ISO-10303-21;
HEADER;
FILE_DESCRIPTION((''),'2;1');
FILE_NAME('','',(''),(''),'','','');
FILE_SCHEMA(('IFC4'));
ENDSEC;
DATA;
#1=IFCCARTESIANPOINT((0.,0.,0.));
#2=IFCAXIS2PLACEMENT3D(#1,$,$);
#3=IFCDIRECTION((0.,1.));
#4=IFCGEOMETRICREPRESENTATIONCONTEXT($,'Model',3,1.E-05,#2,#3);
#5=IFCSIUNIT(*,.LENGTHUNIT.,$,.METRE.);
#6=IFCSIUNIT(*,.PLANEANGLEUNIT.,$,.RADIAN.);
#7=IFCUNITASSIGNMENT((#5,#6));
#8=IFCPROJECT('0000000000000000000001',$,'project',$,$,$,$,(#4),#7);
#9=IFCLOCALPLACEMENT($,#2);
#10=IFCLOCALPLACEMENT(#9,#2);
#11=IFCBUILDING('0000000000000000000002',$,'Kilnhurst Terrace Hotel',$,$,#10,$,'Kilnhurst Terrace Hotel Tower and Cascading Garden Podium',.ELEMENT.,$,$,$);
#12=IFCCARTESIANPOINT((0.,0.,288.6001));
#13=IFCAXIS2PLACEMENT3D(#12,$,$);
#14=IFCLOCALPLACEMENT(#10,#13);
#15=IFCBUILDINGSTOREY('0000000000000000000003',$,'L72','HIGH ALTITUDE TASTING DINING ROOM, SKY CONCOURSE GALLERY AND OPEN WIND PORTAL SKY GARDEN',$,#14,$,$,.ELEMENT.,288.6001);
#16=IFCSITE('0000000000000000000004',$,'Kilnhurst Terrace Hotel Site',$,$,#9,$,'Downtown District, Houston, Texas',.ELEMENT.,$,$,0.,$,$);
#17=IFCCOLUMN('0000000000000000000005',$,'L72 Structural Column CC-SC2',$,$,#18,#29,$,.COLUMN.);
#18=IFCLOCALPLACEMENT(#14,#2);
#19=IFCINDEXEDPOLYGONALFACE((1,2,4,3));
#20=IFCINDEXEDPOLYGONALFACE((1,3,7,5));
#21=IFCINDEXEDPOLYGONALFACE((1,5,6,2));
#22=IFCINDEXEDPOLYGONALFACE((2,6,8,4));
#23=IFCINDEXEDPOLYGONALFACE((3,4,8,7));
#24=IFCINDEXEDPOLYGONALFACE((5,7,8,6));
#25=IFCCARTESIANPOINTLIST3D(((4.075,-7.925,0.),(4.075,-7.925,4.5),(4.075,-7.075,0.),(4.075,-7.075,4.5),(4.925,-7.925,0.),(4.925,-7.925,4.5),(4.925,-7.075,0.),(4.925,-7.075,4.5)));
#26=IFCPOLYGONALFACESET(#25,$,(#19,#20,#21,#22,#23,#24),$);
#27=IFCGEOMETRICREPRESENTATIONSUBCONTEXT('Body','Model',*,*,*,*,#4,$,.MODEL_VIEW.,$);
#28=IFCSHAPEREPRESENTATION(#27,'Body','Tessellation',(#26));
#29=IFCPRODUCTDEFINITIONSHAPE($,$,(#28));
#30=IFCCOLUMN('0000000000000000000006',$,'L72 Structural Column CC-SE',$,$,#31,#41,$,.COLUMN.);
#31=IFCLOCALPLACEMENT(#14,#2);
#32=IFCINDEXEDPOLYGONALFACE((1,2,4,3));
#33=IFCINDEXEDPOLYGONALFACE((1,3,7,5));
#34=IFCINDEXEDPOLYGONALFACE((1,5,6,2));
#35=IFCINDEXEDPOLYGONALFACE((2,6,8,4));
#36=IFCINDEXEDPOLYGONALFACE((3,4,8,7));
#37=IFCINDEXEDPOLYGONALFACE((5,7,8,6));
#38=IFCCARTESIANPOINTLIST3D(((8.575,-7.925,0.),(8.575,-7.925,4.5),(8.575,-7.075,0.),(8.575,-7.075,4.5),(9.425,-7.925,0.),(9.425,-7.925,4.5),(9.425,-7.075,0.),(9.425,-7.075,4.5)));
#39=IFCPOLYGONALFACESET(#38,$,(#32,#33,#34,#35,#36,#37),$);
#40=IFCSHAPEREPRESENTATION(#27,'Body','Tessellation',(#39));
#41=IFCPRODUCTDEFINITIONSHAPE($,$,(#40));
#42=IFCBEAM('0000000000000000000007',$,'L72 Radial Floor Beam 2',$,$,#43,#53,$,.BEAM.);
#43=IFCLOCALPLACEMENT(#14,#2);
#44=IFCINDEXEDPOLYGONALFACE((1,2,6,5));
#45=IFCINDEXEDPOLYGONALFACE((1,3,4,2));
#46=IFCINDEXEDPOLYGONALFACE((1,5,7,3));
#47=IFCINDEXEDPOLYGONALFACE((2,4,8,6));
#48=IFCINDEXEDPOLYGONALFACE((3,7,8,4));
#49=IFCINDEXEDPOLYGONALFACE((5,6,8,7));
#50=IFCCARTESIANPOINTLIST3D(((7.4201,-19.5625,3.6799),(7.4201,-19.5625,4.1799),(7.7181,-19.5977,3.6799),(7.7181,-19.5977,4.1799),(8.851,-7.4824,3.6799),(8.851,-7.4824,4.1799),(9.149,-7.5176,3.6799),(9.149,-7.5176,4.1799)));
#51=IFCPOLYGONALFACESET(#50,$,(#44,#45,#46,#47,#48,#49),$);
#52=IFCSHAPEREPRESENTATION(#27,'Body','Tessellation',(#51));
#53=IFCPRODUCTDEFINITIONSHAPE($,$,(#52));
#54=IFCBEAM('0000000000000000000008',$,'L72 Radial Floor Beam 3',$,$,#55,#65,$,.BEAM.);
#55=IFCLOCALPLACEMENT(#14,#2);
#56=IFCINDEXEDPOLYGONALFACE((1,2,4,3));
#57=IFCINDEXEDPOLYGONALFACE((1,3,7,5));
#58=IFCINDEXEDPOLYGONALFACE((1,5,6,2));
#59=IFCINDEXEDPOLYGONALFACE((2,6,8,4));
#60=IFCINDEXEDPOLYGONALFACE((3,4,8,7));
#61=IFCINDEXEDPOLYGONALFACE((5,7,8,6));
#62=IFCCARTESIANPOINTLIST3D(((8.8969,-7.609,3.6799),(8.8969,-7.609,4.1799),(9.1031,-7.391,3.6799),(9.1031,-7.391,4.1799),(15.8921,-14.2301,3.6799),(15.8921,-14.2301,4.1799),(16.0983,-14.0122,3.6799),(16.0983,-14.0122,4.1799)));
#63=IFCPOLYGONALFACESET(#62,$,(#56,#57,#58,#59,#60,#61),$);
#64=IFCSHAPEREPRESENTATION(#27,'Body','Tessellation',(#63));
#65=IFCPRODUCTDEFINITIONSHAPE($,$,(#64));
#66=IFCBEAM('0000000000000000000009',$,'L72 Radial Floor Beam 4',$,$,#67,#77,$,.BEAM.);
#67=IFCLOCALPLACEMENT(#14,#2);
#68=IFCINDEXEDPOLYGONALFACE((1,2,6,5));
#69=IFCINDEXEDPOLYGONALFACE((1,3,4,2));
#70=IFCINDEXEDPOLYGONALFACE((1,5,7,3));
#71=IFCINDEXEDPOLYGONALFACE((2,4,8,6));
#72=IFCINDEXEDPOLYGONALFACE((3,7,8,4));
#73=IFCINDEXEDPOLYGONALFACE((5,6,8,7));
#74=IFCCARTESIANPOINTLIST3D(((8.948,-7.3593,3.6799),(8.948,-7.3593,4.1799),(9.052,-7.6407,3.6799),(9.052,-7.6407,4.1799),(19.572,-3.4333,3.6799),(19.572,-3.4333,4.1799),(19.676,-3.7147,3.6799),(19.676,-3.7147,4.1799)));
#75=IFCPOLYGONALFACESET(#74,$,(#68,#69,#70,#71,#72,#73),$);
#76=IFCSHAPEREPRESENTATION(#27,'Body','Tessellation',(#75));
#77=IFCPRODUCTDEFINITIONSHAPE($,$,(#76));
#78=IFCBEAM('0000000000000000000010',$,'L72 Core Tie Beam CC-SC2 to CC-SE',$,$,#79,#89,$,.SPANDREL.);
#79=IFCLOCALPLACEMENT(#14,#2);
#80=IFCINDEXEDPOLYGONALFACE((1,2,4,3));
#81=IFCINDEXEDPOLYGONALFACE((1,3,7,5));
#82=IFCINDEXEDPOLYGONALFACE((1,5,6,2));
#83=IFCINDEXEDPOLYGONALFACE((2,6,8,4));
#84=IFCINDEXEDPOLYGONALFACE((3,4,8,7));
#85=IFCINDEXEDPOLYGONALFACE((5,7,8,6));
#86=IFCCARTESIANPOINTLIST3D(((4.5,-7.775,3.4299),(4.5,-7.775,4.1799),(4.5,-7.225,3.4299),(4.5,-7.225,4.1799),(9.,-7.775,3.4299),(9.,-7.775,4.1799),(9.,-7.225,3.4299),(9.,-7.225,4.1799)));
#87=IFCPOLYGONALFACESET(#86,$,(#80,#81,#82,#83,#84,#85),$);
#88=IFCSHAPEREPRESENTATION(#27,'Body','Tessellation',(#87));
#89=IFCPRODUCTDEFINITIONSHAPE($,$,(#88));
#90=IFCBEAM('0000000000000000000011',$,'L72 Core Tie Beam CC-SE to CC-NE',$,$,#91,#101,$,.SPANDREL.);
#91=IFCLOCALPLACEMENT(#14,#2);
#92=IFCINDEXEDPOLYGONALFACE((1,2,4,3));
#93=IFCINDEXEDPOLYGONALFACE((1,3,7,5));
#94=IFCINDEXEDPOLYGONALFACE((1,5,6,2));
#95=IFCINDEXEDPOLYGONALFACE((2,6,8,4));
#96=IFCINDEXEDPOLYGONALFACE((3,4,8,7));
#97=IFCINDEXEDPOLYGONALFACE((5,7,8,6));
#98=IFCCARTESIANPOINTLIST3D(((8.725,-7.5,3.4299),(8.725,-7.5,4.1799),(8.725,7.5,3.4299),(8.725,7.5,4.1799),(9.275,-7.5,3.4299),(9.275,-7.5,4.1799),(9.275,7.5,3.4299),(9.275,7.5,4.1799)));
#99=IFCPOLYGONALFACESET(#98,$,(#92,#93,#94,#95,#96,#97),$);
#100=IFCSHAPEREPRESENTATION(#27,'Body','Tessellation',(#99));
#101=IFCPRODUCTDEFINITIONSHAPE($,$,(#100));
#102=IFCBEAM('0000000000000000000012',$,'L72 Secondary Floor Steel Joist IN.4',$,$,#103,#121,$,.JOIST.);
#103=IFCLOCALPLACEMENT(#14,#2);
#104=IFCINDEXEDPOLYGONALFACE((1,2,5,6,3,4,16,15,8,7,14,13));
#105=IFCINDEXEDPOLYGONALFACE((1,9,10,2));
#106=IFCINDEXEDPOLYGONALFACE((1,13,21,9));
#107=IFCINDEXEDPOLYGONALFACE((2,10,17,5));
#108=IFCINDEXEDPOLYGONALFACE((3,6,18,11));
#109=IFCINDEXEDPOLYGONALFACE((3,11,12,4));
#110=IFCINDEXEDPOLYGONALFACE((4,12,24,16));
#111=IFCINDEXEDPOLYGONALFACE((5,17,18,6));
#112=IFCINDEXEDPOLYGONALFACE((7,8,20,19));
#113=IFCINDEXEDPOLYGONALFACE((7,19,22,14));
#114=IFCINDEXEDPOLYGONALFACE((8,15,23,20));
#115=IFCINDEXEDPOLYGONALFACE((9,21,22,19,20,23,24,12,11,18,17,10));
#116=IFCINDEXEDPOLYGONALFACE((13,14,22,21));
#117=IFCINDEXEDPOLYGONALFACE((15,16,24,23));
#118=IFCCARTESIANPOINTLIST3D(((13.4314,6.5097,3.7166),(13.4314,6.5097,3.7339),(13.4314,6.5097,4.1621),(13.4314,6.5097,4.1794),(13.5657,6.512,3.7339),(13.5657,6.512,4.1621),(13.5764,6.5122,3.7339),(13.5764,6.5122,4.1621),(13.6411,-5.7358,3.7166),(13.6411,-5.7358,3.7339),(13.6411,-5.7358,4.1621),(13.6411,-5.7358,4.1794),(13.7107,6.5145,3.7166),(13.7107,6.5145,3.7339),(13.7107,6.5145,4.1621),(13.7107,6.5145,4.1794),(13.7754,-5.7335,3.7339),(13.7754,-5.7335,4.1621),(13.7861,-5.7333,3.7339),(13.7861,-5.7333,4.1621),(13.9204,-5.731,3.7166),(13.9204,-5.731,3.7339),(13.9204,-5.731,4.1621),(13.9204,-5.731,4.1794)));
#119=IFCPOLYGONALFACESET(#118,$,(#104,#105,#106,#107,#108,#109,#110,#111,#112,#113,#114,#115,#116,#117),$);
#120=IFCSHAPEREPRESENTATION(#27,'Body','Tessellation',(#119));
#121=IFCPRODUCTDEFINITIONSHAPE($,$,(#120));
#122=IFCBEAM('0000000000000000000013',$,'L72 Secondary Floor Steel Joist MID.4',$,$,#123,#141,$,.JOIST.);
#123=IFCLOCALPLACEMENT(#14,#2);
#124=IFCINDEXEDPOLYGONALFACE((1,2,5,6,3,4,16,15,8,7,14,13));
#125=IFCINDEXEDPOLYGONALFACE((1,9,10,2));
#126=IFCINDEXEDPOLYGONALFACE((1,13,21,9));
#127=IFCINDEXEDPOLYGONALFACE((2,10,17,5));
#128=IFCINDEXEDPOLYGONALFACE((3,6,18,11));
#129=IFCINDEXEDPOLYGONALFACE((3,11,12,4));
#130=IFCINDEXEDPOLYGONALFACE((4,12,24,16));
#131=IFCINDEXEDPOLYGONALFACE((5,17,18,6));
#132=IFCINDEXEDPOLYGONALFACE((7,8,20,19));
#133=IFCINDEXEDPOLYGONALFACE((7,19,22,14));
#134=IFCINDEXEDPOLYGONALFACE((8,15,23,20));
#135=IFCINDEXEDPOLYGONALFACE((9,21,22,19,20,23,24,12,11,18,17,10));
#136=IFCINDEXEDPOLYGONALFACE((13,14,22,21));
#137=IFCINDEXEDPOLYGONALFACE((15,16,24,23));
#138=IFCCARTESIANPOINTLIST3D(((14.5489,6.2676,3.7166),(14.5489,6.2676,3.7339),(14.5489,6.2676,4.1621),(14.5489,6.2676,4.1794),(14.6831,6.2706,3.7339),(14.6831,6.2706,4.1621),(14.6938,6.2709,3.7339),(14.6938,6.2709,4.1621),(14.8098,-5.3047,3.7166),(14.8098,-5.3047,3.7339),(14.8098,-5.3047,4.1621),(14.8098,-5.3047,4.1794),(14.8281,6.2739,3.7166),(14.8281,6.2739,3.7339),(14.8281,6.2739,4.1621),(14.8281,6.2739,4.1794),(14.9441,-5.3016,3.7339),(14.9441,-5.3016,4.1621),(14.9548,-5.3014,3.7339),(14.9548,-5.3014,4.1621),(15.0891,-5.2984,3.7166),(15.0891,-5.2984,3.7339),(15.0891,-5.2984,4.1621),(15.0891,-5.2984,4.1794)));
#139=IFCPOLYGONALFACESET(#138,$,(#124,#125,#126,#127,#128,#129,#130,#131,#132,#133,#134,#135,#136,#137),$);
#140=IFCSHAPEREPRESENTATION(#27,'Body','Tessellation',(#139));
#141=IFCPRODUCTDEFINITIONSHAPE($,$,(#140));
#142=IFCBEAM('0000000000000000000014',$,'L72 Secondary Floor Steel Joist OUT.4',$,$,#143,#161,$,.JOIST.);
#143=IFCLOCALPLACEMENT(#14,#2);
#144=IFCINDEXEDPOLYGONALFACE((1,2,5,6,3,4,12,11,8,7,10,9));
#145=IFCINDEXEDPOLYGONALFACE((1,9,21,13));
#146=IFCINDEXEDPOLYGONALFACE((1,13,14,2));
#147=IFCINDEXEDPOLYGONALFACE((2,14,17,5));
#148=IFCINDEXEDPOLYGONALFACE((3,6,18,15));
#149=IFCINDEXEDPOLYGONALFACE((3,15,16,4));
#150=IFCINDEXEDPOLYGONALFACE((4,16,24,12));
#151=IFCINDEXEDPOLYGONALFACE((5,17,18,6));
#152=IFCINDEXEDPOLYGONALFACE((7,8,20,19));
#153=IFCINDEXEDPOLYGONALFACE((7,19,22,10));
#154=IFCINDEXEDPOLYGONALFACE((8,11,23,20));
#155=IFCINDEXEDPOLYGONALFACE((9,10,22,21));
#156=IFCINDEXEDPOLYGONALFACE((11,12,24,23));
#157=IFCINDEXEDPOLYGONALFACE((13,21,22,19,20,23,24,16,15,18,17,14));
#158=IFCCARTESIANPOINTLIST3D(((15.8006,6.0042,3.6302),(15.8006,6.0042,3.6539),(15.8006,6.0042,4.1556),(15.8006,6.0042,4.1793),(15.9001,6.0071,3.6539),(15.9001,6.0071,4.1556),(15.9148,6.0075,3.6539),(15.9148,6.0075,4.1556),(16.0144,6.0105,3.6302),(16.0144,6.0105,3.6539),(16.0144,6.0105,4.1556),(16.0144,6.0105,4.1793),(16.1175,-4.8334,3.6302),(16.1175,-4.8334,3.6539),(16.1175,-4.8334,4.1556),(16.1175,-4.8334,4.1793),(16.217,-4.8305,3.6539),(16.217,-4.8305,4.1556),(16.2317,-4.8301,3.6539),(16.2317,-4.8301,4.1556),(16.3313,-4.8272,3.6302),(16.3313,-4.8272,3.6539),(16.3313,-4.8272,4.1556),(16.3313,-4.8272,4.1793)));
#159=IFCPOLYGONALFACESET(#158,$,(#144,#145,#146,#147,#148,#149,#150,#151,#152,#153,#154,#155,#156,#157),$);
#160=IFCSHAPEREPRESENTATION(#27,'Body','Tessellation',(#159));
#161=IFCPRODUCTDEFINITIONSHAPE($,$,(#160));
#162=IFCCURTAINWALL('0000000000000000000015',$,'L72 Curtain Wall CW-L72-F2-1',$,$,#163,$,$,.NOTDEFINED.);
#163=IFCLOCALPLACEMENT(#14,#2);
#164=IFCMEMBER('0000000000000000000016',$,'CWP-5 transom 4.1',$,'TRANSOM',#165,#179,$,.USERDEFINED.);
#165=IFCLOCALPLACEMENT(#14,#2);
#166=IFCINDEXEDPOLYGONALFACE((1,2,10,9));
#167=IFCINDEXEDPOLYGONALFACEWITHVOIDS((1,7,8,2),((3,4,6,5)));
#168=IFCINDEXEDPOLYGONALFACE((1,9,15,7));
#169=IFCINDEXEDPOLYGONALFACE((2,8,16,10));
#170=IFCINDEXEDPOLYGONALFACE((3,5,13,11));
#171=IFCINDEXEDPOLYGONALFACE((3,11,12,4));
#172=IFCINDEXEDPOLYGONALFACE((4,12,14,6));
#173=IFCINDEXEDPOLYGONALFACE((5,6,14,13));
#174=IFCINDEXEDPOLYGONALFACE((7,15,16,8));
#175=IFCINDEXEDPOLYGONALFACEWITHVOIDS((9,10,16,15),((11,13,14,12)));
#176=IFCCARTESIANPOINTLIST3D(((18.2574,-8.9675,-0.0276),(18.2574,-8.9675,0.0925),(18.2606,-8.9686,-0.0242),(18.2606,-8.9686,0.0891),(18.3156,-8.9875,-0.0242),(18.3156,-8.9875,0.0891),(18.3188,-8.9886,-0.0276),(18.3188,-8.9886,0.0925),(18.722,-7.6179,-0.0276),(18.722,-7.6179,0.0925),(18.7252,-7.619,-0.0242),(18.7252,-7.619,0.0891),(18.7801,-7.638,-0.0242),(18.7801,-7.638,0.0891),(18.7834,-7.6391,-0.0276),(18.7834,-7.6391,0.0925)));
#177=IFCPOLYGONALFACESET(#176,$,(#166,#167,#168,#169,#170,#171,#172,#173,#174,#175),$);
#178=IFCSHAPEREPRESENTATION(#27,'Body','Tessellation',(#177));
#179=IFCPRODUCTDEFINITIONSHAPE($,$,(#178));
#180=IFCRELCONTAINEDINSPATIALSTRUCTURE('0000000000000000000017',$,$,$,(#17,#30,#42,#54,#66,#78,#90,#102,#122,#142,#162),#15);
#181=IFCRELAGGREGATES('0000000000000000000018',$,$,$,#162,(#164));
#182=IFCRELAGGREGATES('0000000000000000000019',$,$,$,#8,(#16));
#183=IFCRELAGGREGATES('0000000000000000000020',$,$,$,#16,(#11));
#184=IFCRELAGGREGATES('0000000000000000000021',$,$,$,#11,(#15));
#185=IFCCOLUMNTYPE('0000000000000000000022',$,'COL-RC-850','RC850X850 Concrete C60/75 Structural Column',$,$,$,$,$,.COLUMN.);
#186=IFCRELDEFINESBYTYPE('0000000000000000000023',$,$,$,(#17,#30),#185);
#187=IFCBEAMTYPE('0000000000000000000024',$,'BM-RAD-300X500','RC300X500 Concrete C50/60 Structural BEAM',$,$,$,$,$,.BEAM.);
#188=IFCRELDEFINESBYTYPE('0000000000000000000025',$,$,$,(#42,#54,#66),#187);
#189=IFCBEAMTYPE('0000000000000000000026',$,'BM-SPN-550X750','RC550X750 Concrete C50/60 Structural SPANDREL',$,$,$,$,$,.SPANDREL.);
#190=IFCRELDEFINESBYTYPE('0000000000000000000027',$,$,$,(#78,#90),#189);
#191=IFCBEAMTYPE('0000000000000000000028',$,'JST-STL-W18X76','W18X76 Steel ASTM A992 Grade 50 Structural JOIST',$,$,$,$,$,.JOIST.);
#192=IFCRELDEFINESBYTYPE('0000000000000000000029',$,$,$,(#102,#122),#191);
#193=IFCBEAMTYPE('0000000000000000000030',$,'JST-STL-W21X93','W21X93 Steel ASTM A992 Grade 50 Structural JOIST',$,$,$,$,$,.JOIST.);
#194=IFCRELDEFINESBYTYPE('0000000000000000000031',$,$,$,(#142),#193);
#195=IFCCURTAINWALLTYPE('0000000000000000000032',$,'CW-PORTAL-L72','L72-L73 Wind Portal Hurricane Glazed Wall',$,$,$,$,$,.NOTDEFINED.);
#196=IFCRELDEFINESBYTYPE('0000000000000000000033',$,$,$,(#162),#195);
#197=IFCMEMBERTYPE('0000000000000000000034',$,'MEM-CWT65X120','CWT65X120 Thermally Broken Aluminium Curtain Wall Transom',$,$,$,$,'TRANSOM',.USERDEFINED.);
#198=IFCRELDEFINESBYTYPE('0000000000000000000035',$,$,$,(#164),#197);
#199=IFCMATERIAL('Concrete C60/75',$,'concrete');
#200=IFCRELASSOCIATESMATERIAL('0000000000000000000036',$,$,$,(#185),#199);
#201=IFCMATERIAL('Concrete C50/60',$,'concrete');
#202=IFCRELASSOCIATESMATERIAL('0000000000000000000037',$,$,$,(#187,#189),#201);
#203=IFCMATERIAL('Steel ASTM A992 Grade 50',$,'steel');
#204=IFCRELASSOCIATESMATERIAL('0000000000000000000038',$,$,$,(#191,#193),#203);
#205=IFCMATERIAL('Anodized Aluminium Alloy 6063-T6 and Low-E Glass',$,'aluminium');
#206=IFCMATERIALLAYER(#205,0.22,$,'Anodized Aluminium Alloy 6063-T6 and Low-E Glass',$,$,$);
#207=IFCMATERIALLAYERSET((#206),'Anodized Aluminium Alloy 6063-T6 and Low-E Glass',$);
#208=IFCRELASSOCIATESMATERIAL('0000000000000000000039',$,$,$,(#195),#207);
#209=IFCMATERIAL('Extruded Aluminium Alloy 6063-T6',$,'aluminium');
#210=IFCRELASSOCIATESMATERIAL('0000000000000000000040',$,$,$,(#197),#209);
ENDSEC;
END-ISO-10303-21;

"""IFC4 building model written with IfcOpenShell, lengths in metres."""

from ifc_helpers import new_model, si_unit, direction, frame, origin, origin_2d, place, context, subcontext, project, spatial, rectangle, hollow_rectangle, i_section, extrude, material, layer, layer_set, material_profile, profile_set, type_object, element, aggregate, save


model = new_model("IFC4")

# Units and contexts
model_context = context("Model", 3, precision=1e-05, world=origin(), true_north=direction((0.0, 1.0)))
body_context = subcontext(model_context, "Body", "Model", "MODEL_VIEW")
ifc_project = project(units=[si_unit("LENGTHUNIT", "METRE"), si_unit("PLANEANGLEUNIT", "RADIAN")], contexts=[model_context])

# Site, building, storey
site_placement = place(None, origin())
site = spatial("IfcSite", under=ifc_project, at=site_placement, Name="Kilnhurst Terrace Hotel Site", LongName="Downtown District, Houston, Texas", CompositionType="ELEMENT", RefElevation=0.0)
building_placement = place(site_placement, origin())
building = spatial("IfcBuilding", under=site, at=building_placement, Name="Kilnhurst Terrace Hotel", LongName="Kilnhurst Terrace Hotel Tower and Cascading Garden Podium", CompositionType="ELEMENT")
storey_placement = place(building_placement, frame((0.0, 0.0, 288.6001)))
storey = spatial("IfcBuildingStorey", under=building, at=storey_placement, Name="L72", Description="HIGH ALTITUDE TASTING DINING ROOM, SKY CONCOURSE GALLERY AND OPEN WIND PORTAL SKY GARDEN", CompositionType="ELEMENT", Elevation=288.6001)

# Columns
ifc_material_1 = material(Name="Concrete C60/75", Category="concrete")
ifc_material_profile_1 = material_profile(ifc_material_1, rectangle(XDim=0.8501, YDim=0.8501, at=origin_2d()), Name="RC850X850")
ifc_profile_set_1 = profile_set([ifc_material_profile_1], Name="Concrete C60/75")
column_type = type_object("IfcColumnType", Name="COL-RC-850", Description="RC850X850 Concrete C60/75 Structural Column", PredefinedType="COLUMN", material=ifc_profile_set_1)
for number, where, z_axis, x_axis, name in (
    (1, (4.5, -7.5, 0.0), (0.0, 0.0, 1.0), (1.0, 0.0, 0.0), "L72 Structural Column CC-SC2"),
    (2, (9.0, -7.5, 0.0), (0.0, 0.0, 1.0), (1.0, 0.0, 0.0), "L72 Structural Column CC-SE"),
):
    element("IfcColumn", number, at=place(storey_placement, frame(where, z_axis=z_axis, x_axis=x_axis)), inside=storey, type_object=column_type, Name=name, PredefinedType="COLUMN", context=body_context, shape_type="SweptSolid", body=[
        extrude(rectangle(XDim=0.8501, YDim=0.8501, at=origin_2d()), origin(), (0.0, 0.0, 1.0), 4.5),
    ])

# Beams
ifc_material_2 = material(Name="Concrete C50/60", Category="concrete")
ifc_material_profile_2 = material_profile(ifc_material_2, rectangle(XDim=0.3, YDim=0.5, at=origin_2d()), Name="RC300X500")
ifc_profile_set_2 = profile_set([ifc_material_profile_2], Name="Concrete C50/60")
beam_type_1 = type_object("IfcBeamType", Name="BM-RAD-300X500", Description="RC300X500 Concrete C50/60 Structural BEAM", PredefinedType="BEAM", material=ifc_profile_set_2)
beam_1_placement = place(storey_placement, frame((9.0, -7.5, 3.9299), z_axis=(-0.11763, -0.993058, 0.0), x_axis=(0.993058, -0.11763, 0.0)))
element("IfcBeam", 3, at=beam_1_placement, inside=storey, type_object=beam_type_1, Name="L72 Radial Floor Beam 2", PredefinedType="BEAM", context=body_context, shape_type="SweptSolid", body=[
    extrude(rectangle(XDim=0.3, YDim=0.5, at=origin_2d()), origin(), (0.0, 0.0, 1.0), 12.1646),
])
beam_2_placement = place(storey_placement, frame((9.0, -7.5, 3.9299), z_axis=(0.726256, -0.687424, 0.0), x_axis=(0.687424, 0.726256, 0.0)))
element("IfcBeam", 4, at=beam_2_placement, inside=storey, type_object=beam_type_1, Name="L72 Radial Floor Beam 3", PredefinedType="BEAM", context=body_context, shape_type="SweptSolid", body=[
    extrude(rectangle(XDim=0.3, YDim=0.5, at=origin_2d()), origin(), (0.0, 0.0, 1.0), 9.6318),
])
beam_3_placement = place(storey_placement, frame((9.0, -7.5, 3.9299), z_axis=(0.938002, 0.346631, 0.0), x_axis=(-0.346631, 0.938002, 0.0)))
element("IfcBeam", 5, at=beam_3_placement, inside=storey, type_object=beam_type_1, Name="L72 Radial Floor Beam 4", PredefinedType="BEAM", context=body_context, shape_type="SweptSolid", body=[
    extrude(rectangle(XDim=0.3, YDim=0.5, at=origin_2d()), origin(), (0.0, 0.0, 1.0), 11.3262),
])
ifc_material_profile_3 = material_profile(ifc_material_2, rectangle(XDim=0.55, YDim=0.75, at=origin_2d()), Name="RC550X750")
ifc_profile_set_3 = profile_set([ifc_material_profile_3], Name="Concrete C50/60")
beam_type_2 = type_object("IfcBeamType", Name="BM-SPN-550X750", Description="RC550X750 Concrete C50/60 Structural SPANDREL", PredefinedType="SPANDREL", material=ifc_profile_set_3)
beam_4_placement = place(storey_placement, frame((4.5, -7.5, 3.8049), z_axis=(1.0, 0.0, 0.0), x_axis=(0.0, 1.0, 0.0)))
element("IfcBeam", 6, at=beam_4_placement, inside=storey, type_object=beam_type_2, Name="L72 Core Tie Beam CC-SC2 to CC-SE", PredefinedType="SPANDREL", context=body_context, shape_type="SweptSolid", body=[
    extrude(rectangle(XDim=0.55, YDim=0.75, at=origin_2d()), origin(), (0.0, 0.0, 1.0), 4.5),
])
beam_5_placement = place(storey_placement, frame((9.0, -7.5, 3.8049), z_axis=(0.0, 1.0, 0.0), x_axis=(-1.0, 0.0, 0.0)))
element("IfcBeam", 7, at=beam_5_placement, inside=storey, type_object=beam_type_2, Name="L72 Core Tie Beam CC-SE to CC-NE", PredefinedType="SPANDREL", context=body_context, shape_type="SweptSolid", body=[
    extrude(rectangle(XDim=0.55, YDim=0.75, at=origin_2d()), origin(), (0.0, 0.0, 1.0), 15.0),
])
ifc_material_3 = material(Name="Steel ASTM A992 Grade 50", Category="steel")
ifc_material_profile_4 = material_profile(ifc_material_3, i_section(OverallWidth=0.2793, OverallDepth=0.4629, WebThickness=0.0107, FlangeThickness=0.0173, at=origin_2d()), Name="W18X76")
ifc_profile_set_4 = profile_set([ifc_material_profile_4], Name="Steel ASTM A992 Grade 50")
beam_type_3 = type_object("IfcBeamType", Name="JST-STL-W18X76", Description="W18X76 Steel ASTM A992 Grade 50 Structural JOIST", PredefinedType="JOIST", material=ifc_profile_set_4)
beam_6_placement = place(storey_placement, frame((13.7808, -5.7334, 3.948), z_axis=(-0.017123, 0.999853, 0.0), x_axis=(-0.999853, -0.017123, 0.0)))
element("IfcBeam", 8, at=beam_6_placement, inside=storey, type_object=beam_type_3, Name="L72 Secondary Floor Steel Joist IN.4", PredefinedType="JOIST", context=body_context, shape_type="SweptSolid", body=[
    extrude(i_section(OverallWidth=0.2793, OverallDepth=0.4629, WebThickness=0.0107, FlangeThickness=0.0173, at=origin_2d()), origin(), (0.0, 0.0, 1.0), 12.2473),
])
beam_7_placement = place(storey_placement, frame((14.9495, -5.3015, 3.948), z_axis=(-0.022547, 0.999746, 0.0), x_axis=(-0.999746, -0.022547, 0.0)))
element("IfcBeam", 9, at=beam_7_placement, inside=storey, type_object=beam_type_3, Name="L72 Secondary Floor Steel Joist MID.4", PredefinedType="JOIST", context=body_context, shape_type="SweptSolid", body=[
    extrude(i_section(OverallWidth=0.2793, OverallDepth=0.4629, WebThickness=0.0107, FlangeThickness=0.0173, at=origin_2d()), origin(), (0.0, 0.0, 1.0), 11.5752),
])
ifc_material_profile_5 = material_profile(ifc_material_3, i_section(OverallWidth=0.2139, OverallDepth=0.5491, WebThickness=0.0146, FlangeThickness=0.0237, at=origin_2d()), Name="W21X93")
ifc_profile_set_5 = profile_set([ifc_material_profile_5], Name="Steel ASTM A992 Grade 50")
beam_type_4 = type_object("IfcBeamType", Name="JST-STL-W21X93", Description="W21X93 Steel ASTM A992 Grade 50 Structural JOIST", PredefinedType="JOIST", material=ifc_profile_set_5)
beam_8_placement = place(storey_placement, frame((16.2244, -4.8303, 3.9048), z_axis=(-0.029228, 0.999573, 0.0), x_axis=(-0.999573, -0.029228, 0.0)))
element("IfcBeam", 10, at=beam_8_placement, inside=storey, type_object=beam_type_4, Name="L72 Secondary Floor Steel Joist OUT.4", PredefinedType="JOIST", context=body_context, shape_type="SweptSolid", body=[
    extrude(i_section(OverallWidth=0.2139, OverallDepth=0.5491, WebThickness=0.0146, FlangeThickness=0.0237, at=origin_2d()), origin(), (0.0, 0.0, 1.0), 10.8423),
])

# Curtain wall, member
ifc_material_4 = material(Name="Anodized Aluminium Alloy 6063-T6 and Low-E Glass", Category="aluminium")
ifc_layer_1 = layer(ifc_material_4, 0.22, Name="Anodized Aluminium Alloy 6063-T6 and Low-E Glass")
ifc_layer_set_1 = layer_set([ifc_layer_1], Name="Anodized Aluminium Alloy 6063-T6 and Low-E Glass")
curtain_wall_type = type_object("IfcCurtainWallType", Name="CW-PORTAL-L72", Description="L72-L73 Wind Portal Hurricane Glazed Wall", PredefinedType="NOTDEFINED", material=ifc_layer_set_1)
curtain_wall_placement = place(storey_placement, origin())
curtain_wall = element("IfcCurtainWall", 11, at=curtain_wall_placement, inside=storey, type_object=curtain_wall_type, Name="L72 Curtain Wall CW-L72-F2-1", PredefinedType="NOTDEFINED")
ifc_material_5 = material(Name="Extruded Aluminium Alloy 6063-T6", Category="aluminium")
ifc_material_profile_6 = material_profile(ifc_material_5, hollow_rectangle(XDim=0.0649, YDim=0.1201, WallThickness=0.0034, at=origin_2d()), Name="CWT65X120")
ifc_profile_set_6 = profile_set([ifc_material_profile_6], Name="Extruded Aluminium Alloy 6063-T6")
member_type = type_object("IfcMemberType", Name="MEM-CWT65X120", Description="CWT65X120 Thermally Broken Aluminium Curtain Wall Transom", ElementType="TRANSOM", PredefinedType="USERDEFINED", material=ifc_profile_set_6)
member_placement = place(storey_placement, frame((18.2881, -8.978, 0.0325), z_axis=(0.3255, 0.945542, 0.0), x_axis=(-0.945542, 0.3255, 0.0)))
member = element("IfcMember", 12, at=member_placement, type_object=member_type, Name="CWP-5 transom 4.1", ObjectType="TRANSOM", PredefinedType="USERDEFINED", context=body_context, shape_type="SweptSolid", body=[
    extrude(hollow_rectangle(XDim=0.0649, YDim=0.1201, WallThickness=0.0034, at=origin_2d()), origin(), (0.0, 0.0, 1.0), 1.4272),
])
aggregate(curtain_wall, [member])

save(model, "model.ifc")
